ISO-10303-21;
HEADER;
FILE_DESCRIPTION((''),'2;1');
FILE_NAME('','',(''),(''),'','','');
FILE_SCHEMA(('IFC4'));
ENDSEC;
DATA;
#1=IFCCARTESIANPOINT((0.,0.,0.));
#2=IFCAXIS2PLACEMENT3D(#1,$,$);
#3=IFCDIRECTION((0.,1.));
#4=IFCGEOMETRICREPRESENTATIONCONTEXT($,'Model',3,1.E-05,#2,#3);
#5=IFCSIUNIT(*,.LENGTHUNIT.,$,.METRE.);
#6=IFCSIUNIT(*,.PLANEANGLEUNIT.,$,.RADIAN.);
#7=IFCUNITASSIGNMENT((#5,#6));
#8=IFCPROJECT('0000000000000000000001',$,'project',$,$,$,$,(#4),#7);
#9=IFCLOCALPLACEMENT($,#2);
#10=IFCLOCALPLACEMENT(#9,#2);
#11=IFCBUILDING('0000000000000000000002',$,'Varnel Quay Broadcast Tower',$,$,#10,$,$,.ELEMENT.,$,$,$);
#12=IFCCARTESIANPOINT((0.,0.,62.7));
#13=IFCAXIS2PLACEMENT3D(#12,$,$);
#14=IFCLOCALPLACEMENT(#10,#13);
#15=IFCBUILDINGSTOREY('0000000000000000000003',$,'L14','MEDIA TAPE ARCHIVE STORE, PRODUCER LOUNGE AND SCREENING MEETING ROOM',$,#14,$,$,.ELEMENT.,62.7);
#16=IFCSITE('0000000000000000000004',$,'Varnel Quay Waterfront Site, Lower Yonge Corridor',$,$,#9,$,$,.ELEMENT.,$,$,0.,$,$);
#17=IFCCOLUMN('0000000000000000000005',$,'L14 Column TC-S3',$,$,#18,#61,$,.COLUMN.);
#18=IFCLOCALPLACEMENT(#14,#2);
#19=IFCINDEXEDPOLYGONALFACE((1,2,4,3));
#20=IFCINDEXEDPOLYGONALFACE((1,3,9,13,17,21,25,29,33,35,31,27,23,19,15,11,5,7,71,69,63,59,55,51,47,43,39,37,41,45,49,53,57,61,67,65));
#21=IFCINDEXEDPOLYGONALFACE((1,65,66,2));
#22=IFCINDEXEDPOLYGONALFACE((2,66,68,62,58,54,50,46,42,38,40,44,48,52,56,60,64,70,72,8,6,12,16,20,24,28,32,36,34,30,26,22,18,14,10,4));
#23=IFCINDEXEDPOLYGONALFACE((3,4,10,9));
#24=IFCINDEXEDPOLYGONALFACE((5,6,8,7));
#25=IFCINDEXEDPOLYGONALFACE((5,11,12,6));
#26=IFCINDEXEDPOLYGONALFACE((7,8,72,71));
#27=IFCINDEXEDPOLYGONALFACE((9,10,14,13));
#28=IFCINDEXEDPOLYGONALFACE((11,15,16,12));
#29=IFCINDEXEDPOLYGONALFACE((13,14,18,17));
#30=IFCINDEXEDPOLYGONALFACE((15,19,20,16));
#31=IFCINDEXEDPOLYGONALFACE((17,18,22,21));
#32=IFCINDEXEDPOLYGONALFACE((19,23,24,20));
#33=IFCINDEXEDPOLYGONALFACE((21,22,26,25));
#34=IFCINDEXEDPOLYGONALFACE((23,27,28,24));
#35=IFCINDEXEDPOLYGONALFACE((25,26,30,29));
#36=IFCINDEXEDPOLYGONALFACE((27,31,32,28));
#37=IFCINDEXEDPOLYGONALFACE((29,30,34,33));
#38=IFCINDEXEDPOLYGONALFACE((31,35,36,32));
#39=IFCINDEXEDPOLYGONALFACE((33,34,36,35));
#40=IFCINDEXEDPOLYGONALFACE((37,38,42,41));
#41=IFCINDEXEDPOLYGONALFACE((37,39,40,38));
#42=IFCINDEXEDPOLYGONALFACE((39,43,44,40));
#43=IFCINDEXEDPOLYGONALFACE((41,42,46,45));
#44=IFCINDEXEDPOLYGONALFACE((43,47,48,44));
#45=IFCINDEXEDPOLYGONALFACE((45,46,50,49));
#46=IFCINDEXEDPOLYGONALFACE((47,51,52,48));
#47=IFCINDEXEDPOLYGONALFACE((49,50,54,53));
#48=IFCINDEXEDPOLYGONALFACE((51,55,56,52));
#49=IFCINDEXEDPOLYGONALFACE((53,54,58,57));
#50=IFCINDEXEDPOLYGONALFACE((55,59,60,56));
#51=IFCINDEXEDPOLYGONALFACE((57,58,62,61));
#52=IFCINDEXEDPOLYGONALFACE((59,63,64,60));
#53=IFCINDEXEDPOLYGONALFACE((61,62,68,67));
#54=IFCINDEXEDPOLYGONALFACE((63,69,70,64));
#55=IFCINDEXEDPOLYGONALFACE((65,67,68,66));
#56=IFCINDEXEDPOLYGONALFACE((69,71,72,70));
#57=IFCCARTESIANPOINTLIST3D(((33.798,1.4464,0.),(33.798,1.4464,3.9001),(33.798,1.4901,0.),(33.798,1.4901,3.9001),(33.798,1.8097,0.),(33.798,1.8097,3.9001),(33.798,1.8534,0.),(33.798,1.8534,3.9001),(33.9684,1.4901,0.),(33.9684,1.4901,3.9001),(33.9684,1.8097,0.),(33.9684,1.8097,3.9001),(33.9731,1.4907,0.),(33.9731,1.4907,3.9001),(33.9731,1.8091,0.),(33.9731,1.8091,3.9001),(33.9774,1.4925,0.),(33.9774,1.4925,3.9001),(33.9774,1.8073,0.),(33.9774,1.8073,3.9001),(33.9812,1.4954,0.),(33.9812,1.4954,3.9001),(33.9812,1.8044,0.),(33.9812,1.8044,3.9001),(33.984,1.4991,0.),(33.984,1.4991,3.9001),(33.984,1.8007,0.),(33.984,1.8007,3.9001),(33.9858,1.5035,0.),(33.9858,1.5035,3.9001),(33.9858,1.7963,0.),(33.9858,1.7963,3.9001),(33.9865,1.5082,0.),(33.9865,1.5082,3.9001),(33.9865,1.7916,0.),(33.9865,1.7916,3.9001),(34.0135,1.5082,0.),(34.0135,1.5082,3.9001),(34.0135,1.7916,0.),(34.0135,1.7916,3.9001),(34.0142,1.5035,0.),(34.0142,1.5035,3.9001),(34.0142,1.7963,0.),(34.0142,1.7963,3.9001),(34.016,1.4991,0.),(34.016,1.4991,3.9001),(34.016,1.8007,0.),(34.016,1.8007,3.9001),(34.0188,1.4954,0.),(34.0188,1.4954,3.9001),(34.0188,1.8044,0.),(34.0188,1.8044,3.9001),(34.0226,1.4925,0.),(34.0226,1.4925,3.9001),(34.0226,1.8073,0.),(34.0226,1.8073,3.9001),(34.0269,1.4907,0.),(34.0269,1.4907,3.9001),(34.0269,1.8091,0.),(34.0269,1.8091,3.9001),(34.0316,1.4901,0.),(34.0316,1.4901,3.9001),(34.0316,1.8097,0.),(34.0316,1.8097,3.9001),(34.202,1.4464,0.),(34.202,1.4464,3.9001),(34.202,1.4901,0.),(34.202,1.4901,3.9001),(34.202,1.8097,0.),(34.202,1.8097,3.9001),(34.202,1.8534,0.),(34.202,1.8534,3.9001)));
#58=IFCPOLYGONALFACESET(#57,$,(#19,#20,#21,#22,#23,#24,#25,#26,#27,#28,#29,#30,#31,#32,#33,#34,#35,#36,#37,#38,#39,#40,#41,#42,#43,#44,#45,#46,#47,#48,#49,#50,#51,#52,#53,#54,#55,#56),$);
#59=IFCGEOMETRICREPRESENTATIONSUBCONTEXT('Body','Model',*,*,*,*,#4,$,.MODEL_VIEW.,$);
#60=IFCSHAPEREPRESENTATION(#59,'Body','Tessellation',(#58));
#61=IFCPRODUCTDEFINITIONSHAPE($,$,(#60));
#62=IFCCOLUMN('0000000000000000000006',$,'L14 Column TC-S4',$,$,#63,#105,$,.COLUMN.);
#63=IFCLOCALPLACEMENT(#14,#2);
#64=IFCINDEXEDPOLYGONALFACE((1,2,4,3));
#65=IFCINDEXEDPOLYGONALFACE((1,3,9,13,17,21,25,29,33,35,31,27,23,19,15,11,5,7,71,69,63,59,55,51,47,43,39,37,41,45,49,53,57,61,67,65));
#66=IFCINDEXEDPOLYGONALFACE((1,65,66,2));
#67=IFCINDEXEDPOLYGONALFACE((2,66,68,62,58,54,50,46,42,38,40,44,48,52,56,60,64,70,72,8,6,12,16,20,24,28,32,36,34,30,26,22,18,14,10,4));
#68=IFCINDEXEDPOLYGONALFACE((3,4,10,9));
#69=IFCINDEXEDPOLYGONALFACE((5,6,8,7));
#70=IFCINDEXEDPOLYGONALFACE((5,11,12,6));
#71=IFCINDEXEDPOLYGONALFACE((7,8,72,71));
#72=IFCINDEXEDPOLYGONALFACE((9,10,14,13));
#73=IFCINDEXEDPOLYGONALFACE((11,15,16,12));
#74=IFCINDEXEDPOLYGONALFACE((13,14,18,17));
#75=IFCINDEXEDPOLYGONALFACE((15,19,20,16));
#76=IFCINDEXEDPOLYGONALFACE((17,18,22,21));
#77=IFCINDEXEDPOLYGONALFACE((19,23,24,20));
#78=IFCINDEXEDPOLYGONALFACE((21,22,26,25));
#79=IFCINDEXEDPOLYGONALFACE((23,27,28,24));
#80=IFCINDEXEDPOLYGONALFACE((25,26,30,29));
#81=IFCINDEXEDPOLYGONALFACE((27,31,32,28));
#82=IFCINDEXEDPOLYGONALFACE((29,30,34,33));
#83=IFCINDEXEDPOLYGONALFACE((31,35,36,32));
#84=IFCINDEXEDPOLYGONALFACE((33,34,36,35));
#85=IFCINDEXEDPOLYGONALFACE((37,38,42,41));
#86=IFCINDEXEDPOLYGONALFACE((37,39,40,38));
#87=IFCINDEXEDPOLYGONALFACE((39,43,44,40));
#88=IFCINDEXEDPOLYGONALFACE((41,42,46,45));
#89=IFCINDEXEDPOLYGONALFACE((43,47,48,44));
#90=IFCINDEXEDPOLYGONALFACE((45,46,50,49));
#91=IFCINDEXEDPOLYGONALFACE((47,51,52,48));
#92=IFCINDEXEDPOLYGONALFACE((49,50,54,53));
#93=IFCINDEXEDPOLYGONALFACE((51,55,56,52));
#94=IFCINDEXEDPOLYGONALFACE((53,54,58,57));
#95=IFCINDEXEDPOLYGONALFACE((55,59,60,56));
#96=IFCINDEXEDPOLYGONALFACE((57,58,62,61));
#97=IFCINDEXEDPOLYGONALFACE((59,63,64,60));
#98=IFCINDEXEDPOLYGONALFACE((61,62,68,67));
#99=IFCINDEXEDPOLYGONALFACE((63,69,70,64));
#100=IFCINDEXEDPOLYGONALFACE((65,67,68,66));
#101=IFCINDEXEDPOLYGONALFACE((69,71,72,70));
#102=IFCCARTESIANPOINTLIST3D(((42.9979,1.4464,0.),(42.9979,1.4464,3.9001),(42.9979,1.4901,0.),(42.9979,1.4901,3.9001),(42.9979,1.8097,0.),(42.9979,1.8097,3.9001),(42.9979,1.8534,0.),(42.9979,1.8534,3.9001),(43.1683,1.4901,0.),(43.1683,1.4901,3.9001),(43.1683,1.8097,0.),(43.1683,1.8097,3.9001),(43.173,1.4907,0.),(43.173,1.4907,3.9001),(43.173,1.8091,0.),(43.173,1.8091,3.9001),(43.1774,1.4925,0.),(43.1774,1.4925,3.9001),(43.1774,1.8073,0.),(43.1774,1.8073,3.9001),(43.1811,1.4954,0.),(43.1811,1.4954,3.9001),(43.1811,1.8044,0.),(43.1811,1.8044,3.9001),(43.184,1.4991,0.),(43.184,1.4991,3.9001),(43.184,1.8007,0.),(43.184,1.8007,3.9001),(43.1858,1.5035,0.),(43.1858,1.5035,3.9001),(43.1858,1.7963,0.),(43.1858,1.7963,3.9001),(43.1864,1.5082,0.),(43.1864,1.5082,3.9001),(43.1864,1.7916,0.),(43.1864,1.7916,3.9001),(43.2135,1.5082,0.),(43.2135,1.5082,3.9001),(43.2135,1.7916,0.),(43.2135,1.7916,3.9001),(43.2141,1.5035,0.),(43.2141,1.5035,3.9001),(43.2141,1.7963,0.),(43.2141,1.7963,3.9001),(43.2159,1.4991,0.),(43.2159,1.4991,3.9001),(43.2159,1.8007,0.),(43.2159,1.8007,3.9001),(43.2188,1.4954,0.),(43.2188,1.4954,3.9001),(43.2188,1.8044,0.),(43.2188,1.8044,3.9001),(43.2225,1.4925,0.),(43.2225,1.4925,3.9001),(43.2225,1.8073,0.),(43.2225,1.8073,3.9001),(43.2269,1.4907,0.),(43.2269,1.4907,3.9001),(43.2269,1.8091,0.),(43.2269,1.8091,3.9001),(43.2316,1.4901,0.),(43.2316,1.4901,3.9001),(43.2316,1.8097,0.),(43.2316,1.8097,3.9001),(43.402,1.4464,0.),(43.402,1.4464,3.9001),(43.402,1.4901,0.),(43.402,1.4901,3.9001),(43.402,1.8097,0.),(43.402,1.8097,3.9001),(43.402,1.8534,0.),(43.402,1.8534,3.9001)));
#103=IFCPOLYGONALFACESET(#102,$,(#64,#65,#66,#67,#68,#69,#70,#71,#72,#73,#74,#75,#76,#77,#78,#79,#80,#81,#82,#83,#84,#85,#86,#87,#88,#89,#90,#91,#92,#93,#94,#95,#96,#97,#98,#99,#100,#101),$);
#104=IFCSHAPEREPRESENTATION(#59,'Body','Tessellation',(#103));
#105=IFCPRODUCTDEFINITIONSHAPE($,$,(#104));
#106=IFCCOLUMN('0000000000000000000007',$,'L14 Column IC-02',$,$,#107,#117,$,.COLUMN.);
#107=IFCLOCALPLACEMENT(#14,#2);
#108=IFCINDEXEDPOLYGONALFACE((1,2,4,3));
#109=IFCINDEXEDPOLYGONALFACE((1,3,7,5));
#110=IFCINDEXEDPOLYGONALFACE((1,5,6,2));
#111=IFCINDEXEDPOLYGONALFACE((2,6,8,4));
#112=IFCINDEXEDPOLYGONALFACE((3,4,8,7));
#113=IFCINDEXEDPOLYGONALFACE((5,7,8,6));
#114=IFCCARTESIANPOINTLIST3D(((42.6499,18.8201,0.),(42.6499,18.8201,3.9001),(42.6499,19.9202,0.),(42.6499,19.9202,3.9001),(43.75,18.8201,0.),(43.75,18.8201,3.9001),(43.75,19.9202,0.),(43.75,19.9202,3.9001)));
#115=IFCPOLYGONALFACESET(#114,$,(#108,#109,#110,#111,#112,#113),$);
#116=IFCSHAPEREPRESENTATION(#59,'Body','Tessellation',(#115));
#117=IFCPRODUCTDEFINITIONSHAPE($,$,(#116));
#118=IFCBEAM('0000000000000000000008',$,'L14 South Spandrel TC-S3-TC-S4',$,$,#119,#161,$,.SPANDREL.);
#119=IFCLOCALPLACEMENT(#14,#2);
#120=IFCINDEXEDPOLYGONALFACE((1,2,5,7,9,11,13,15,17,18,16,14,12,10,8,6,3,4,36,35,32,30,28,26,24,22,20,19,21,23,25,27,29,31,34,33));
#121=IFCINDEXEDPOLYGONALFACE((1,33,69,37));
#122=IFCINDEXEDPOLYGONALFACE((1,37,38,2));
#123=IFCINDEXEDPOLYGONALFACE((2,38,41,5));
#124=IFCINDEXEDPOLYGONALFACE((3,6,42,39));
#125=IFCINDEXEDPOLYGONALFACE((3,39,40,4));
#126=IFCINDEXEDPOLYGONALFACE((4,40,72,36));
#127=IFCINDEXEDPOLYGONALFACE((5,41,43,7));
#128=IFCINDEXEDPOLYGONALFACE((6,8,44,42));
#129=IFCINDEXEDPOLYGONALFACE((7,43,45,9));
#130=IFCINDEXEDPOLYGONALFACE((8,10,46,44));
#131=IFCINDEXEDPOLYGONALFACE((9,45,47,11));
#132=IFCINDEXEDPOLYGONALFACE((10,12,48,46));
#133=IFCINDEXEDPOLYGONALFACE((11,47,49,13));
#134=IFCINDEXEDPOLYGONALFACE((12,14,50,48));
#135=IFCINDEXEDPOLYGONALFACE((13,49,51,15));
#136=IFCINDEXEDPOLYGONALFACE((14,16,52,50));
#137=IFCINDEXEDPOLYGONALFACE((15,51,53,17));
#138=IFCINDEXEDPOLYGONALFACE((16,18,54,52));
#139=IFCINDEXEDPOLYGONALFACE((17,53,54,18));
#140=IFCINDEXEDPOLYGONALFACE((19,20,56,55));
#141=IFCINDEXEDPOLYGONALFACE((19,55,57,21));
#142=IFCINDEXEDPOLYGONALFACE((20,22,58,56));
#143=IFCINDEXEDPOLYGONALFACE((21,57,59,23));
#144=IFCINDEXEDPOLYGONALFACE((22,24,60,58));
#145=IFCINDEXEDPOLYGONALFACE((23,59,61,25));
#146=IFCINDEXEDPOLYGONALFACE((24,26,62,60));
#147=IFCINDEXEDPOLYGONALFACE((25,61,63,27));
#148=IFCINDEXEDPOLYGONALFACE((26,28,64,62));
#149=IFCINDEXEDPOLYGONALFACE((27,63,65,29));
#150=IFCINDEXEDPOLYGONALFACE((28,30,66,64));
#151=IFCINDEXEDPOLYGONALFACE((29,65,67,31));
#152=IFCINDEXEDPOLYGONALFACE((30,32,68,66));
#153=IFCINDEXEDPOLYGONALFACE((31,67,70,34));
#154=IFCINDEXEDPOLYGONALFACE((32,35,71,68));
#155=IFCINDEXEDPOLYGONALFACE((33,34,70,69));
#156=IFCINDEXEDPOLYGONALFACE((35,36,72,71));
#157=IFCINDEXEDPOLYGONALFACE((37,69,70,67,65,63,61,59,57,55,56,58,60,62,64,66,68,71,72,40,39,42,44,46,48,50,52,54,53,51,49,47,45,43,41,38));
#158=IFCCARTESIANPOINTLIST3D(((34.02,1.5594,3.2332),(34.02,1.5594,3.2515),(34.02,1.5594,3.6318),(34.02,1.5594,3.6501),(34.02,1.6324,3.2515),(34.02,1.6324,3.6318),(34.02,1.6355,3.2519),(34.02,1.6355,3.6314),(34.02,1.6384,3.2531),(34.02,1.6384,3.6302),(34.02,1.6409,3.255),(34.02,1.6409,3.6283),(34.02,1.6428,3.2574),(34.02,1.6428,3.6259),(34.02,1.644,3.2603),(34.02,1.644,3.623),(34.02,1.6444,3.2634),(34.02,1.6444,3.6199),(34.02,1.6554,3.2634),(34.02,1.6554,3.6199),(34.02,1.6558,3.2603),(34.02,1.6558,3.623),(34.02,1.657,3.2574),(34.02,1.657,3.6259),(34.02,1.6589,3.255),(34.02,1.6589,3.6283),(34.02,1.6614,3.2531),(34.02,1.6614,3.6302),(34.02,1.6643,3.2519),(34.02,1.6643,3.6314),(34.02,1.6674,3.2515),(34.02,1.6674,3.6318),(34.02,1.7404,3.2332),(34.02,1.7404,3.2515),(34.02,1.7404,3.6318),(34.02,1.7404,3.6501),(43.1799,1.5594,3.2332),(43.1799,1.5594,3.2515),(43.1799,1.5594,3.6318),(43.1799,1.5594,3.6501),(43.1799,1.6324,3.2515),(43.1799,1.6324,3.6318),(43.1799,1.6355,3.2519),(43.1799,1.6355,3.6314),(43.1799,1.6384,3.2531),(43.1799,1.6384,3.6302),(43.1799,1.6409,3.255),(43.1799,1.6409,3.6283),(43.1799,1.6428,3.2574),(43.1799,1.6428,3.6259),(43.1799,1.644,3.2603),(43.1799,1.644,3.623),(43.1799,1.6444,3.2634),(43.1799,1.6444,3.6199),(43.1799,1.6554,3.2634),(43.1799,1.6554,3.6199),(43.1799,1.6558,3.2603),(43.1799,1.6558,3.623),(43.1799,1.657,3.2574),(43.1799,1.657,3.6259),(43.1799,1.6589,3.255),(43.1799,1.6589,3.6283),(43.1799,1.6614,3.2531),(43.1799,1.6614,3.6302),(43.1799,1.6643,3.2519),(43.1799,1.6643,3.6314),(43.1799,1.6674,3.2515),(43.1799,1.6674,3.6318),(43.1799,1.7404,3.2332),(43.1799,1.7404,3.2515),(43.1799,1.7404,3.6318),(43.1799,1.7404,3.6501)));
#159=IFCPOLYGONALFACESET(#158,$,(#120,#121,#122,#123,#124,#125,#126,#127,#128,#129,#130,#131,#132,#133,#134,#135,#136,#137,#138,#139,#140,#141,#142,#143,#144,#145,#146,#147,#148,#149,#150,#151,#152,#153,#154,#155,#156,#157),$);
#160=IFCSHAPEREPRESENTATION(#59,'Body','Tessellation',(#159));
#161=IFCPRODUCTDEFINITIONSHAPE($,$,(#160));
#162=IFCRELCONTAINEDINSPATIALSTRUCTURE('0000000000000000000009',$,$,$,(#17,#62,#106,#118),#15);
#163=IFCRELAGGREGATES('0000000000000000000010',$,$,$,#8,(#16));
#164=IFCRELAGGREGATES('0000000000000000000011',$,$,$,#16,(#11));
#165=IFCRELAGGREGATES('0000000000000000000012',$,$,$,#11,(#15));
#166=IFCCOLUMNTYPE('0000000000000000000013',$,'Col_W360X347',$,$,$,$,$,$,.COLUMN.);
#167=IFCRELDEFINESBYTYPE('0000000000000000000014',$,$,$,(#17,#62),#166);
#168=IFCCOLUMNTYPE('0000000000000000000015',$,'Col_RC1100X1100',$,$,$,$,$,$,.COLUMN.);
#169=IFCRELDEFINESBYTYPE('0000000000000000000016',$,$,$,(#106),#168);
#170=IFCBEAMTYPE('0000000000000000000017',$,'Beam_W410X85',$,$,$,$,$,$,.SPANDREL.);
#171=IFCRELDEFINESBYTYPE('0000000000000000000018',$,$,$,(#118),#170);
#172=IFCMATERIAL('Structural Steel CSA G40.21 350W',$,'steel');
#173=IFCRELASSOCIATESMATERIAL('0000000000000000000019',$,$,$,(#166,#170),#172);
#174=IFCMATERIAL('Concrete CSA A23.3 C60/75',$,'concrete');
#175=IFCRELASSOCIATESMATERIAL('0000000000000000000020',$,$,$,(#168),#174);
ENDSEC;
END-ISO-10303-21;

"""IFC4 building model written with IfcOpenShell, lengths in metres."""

from ifc_helpers import new_model, si_unit, direction, frame, origin, origin_2d, place, context, subcontext, project, spatial, rectangle, i_section, extrude, source, transform, mapped, material, material_profile, profile_set, type_object, type_shapes, element, save


model = new_model("IFC4")

# Units and contexts
model_context = context("Model", 3, precision=1e-05, world=origin(), true_north=direction((0.0, 1.0)))
body_context = subcontext(model_context, "Body", "Model", "MODEL_VIEW")
ifc_project = project(units=[si_unit("LENGTHUNIT", "METRE"), si_unit("PLANEANGLEUNIT", "RADIAN")], contexts=[model_context])

# Site, building, storey
site_placement = place(None, origin())
site = spatial("IfcSite", under=ifc_project, at=site_placement, Name="Varnel Quay Waterfront Site, Lower Yonge Corridor", CompositionType="ELEMENT", RefElevation=0.0)
building_placement = place(site_placement, origin())
building = spatial("IfcBuilding", under=site, at=building_placement, Name="Varnel Quay Broadcast Tower", CompositionType="ELEMENT")
storey_placement = place(building_placement, frame((0.0, 0.0, 62.7)))
storey = spatial("IfcBuildingStorey", under=building, at=storey_placement, Name="L14", Description="MEDIA TAPE ARCHIVE STORE, PRODUCER LOUNGE AND SCREENING MEETING ROOM", CompositionType="ELEMENT", Elevation=62.7)

# Columns
ifc_material_1 = material(Name="Structural Steel CSA G40.21 350W", Category="steel")
ifc_material_profile_1 = material_profile(ifc_material_1, i_section(OverallWidth=0.4041, OverallDepth=0.407, WebThickness=0.0271, FlangeThickness=0.0437, FilletRadius=0.0181, at=origin_2d()), Name="W360X347")
ifc_profile_set_1 = profile_set([ifc_material_profile_1], Name="Structural Steel CSA G40.21 350W")
column_type_1 = type_object("IfcColumnType", Name="Col_W360X347", PredefinedType="COLUMN", material=ifc_profile_set_1)
shared_shape_1 = source(origin(), body_context, "Body", "SweptSolid", [
    extrude(i_section(OverallWidth=0.4041, OverallDepth=0.407, WebThickness=0.0271, FlangeThickness=0.0437, FilletRadius=0.0181, at=origin_2d()), origin(), (0.0, 0.0, 1.0), 3.9001),
])
type_shapes(column_type_1, [shared_shape_1])
for number, where, z_axis, x_axis, name in (
    (1, (34.0, 1.6499, 0.0), (0.0, 0.0, 1.0), (1.0, 0.0, 0.0), "L14 Column TC-S3"),
    (2, (43.2, 1.6499, 0.0), (0.0, 0.0, 1.0), (1.0, 0.0, 0.0), "L14 Column TC-S4"),
):
    element("IfcColumn", number, at=place(storey_placement, frame(where, z_axis=z_axis, x_axis=x_axis)), inside=storey, type_object=column_type_1, Name=name, PredefinedType="COLUMN", context=body_context, shape_type="MappedRepresentation", body=[
        mapped(shared_shape_1, transform((0.0, 0.0, 0.0), x_axis=(1.0, 0.0, 0.0), y_axis=(0.0, 1.0, 0.0), z_axis=(0.0, 0.0, 1.0), scale=1.0)),
    ])
ifc_material_2 = material(Name="Concrete CSA A23.3 C60/75", Category="concrete")
ifc_material_profile_2 = material_profile(ifc_material_2, rectangle(XDim=1.1001, YDim=1.1001, at=origin_2d()), Name="RC1100X1100")
ifc_profile_set_2 = profile_set([ifc_material_profile_2], Name="Concrete CSA A23.3 C60/75")
column_type_2 = type_object("IfcColumnType", Name="Col_RC1100X1100", PredefinedType="COLUMN", material=ifc_profile_set_2)
shared_shape_2 = source(origin(), body_context, "Body", "SweptSolid", [
    extrude(rectangle(XDim=1.1001, YDim=1.1001, at=origin_2d()), origin(), (0.0, 0.0, 1.0), 3.9001),
])
type_shapes(column_type_2, [shared_shape_2])
column_placement = place(storey_placement, frame((43.2, 19.3701, 0.0), z_axis=(0.0, 0.0, 1.0), x_axis=(1.0, 0.0, 0.0)))
element("IfcColumn", 3, at=column_placement, inside=storey, type_object=column_type_2, Name="L14 Column IC-02", PredefinedType="COLUMN", context=body_context, shape_type="MappedRepresentation", body=[
    mapped(shared_shape_2, transform((0.0, 0.0, 0.0), x_axis=(1.0, 0.0, 0.0), y_axis=(0.0, 1.0, 0.0), z_axis=(0.0, 0.0, 1.0), scale=1.0)),
])

# Beam
ifc_material_profile_3 = material_profile(ifc_material_1, i_section(OverallWidth=0.1809, OverallDepth=0.417, WebThickness=0.011, FlangeThickness=0.0183, FilletRadius=0.012, at=origin_2d()), Name="W410X85")
ifc_profile_set_3 = profile_set([ifc_material_profile_3], Name="Structural Steel CSA G40.21 350W")
beam_type_1 = type_object("IfcBeamType", Name="Beam_W410X85", PredefinedType="SPANDREL", material=ifc_profile_set_3)
shared_shape_3 = source(origin(), body_context, "Body", "SweptSolid", [
    extrude(i_section(OverallWidth=0.1809, OverallDepth=0.417, WebThickness=0.011, FlangeThickness=0.0183, FilletRadius=0.012, at=origin_2d()), origin(), (0.0, 0.0, 1.0), 9.1599),
])
type_shapes(beam_type_1, [shared_shape_3])
for number, where, z_axis, x_axis, name in (
    (4, (34.02, 1.6499, 3.4417), (1.0, 0.0, 0.0), (0.0, 1.0, 0.0), "L14 South Spandrel TC-S3-TC-S4"),
):
    element("IfcBeam", number, at=place(storey_placement, frame(where, z_axis=z_axis, x_axis=x_axis)), inside=storey, type_object=beam_type_1, Name=name, PredefinedType="SPANDREL", context=body_context, shape_type="MappedRepresentation", body=[
        mapped(shared_shape_3, transform((0.0, 0.0, 0.0), x_axis=(1.0, 0.0, 0.0), y_axis=(0.0, 1.0, 0.0), z_axis=(0.0, 0.0, 1.0), scale=1.0)),
    ])

save(model, "model.ifc")
